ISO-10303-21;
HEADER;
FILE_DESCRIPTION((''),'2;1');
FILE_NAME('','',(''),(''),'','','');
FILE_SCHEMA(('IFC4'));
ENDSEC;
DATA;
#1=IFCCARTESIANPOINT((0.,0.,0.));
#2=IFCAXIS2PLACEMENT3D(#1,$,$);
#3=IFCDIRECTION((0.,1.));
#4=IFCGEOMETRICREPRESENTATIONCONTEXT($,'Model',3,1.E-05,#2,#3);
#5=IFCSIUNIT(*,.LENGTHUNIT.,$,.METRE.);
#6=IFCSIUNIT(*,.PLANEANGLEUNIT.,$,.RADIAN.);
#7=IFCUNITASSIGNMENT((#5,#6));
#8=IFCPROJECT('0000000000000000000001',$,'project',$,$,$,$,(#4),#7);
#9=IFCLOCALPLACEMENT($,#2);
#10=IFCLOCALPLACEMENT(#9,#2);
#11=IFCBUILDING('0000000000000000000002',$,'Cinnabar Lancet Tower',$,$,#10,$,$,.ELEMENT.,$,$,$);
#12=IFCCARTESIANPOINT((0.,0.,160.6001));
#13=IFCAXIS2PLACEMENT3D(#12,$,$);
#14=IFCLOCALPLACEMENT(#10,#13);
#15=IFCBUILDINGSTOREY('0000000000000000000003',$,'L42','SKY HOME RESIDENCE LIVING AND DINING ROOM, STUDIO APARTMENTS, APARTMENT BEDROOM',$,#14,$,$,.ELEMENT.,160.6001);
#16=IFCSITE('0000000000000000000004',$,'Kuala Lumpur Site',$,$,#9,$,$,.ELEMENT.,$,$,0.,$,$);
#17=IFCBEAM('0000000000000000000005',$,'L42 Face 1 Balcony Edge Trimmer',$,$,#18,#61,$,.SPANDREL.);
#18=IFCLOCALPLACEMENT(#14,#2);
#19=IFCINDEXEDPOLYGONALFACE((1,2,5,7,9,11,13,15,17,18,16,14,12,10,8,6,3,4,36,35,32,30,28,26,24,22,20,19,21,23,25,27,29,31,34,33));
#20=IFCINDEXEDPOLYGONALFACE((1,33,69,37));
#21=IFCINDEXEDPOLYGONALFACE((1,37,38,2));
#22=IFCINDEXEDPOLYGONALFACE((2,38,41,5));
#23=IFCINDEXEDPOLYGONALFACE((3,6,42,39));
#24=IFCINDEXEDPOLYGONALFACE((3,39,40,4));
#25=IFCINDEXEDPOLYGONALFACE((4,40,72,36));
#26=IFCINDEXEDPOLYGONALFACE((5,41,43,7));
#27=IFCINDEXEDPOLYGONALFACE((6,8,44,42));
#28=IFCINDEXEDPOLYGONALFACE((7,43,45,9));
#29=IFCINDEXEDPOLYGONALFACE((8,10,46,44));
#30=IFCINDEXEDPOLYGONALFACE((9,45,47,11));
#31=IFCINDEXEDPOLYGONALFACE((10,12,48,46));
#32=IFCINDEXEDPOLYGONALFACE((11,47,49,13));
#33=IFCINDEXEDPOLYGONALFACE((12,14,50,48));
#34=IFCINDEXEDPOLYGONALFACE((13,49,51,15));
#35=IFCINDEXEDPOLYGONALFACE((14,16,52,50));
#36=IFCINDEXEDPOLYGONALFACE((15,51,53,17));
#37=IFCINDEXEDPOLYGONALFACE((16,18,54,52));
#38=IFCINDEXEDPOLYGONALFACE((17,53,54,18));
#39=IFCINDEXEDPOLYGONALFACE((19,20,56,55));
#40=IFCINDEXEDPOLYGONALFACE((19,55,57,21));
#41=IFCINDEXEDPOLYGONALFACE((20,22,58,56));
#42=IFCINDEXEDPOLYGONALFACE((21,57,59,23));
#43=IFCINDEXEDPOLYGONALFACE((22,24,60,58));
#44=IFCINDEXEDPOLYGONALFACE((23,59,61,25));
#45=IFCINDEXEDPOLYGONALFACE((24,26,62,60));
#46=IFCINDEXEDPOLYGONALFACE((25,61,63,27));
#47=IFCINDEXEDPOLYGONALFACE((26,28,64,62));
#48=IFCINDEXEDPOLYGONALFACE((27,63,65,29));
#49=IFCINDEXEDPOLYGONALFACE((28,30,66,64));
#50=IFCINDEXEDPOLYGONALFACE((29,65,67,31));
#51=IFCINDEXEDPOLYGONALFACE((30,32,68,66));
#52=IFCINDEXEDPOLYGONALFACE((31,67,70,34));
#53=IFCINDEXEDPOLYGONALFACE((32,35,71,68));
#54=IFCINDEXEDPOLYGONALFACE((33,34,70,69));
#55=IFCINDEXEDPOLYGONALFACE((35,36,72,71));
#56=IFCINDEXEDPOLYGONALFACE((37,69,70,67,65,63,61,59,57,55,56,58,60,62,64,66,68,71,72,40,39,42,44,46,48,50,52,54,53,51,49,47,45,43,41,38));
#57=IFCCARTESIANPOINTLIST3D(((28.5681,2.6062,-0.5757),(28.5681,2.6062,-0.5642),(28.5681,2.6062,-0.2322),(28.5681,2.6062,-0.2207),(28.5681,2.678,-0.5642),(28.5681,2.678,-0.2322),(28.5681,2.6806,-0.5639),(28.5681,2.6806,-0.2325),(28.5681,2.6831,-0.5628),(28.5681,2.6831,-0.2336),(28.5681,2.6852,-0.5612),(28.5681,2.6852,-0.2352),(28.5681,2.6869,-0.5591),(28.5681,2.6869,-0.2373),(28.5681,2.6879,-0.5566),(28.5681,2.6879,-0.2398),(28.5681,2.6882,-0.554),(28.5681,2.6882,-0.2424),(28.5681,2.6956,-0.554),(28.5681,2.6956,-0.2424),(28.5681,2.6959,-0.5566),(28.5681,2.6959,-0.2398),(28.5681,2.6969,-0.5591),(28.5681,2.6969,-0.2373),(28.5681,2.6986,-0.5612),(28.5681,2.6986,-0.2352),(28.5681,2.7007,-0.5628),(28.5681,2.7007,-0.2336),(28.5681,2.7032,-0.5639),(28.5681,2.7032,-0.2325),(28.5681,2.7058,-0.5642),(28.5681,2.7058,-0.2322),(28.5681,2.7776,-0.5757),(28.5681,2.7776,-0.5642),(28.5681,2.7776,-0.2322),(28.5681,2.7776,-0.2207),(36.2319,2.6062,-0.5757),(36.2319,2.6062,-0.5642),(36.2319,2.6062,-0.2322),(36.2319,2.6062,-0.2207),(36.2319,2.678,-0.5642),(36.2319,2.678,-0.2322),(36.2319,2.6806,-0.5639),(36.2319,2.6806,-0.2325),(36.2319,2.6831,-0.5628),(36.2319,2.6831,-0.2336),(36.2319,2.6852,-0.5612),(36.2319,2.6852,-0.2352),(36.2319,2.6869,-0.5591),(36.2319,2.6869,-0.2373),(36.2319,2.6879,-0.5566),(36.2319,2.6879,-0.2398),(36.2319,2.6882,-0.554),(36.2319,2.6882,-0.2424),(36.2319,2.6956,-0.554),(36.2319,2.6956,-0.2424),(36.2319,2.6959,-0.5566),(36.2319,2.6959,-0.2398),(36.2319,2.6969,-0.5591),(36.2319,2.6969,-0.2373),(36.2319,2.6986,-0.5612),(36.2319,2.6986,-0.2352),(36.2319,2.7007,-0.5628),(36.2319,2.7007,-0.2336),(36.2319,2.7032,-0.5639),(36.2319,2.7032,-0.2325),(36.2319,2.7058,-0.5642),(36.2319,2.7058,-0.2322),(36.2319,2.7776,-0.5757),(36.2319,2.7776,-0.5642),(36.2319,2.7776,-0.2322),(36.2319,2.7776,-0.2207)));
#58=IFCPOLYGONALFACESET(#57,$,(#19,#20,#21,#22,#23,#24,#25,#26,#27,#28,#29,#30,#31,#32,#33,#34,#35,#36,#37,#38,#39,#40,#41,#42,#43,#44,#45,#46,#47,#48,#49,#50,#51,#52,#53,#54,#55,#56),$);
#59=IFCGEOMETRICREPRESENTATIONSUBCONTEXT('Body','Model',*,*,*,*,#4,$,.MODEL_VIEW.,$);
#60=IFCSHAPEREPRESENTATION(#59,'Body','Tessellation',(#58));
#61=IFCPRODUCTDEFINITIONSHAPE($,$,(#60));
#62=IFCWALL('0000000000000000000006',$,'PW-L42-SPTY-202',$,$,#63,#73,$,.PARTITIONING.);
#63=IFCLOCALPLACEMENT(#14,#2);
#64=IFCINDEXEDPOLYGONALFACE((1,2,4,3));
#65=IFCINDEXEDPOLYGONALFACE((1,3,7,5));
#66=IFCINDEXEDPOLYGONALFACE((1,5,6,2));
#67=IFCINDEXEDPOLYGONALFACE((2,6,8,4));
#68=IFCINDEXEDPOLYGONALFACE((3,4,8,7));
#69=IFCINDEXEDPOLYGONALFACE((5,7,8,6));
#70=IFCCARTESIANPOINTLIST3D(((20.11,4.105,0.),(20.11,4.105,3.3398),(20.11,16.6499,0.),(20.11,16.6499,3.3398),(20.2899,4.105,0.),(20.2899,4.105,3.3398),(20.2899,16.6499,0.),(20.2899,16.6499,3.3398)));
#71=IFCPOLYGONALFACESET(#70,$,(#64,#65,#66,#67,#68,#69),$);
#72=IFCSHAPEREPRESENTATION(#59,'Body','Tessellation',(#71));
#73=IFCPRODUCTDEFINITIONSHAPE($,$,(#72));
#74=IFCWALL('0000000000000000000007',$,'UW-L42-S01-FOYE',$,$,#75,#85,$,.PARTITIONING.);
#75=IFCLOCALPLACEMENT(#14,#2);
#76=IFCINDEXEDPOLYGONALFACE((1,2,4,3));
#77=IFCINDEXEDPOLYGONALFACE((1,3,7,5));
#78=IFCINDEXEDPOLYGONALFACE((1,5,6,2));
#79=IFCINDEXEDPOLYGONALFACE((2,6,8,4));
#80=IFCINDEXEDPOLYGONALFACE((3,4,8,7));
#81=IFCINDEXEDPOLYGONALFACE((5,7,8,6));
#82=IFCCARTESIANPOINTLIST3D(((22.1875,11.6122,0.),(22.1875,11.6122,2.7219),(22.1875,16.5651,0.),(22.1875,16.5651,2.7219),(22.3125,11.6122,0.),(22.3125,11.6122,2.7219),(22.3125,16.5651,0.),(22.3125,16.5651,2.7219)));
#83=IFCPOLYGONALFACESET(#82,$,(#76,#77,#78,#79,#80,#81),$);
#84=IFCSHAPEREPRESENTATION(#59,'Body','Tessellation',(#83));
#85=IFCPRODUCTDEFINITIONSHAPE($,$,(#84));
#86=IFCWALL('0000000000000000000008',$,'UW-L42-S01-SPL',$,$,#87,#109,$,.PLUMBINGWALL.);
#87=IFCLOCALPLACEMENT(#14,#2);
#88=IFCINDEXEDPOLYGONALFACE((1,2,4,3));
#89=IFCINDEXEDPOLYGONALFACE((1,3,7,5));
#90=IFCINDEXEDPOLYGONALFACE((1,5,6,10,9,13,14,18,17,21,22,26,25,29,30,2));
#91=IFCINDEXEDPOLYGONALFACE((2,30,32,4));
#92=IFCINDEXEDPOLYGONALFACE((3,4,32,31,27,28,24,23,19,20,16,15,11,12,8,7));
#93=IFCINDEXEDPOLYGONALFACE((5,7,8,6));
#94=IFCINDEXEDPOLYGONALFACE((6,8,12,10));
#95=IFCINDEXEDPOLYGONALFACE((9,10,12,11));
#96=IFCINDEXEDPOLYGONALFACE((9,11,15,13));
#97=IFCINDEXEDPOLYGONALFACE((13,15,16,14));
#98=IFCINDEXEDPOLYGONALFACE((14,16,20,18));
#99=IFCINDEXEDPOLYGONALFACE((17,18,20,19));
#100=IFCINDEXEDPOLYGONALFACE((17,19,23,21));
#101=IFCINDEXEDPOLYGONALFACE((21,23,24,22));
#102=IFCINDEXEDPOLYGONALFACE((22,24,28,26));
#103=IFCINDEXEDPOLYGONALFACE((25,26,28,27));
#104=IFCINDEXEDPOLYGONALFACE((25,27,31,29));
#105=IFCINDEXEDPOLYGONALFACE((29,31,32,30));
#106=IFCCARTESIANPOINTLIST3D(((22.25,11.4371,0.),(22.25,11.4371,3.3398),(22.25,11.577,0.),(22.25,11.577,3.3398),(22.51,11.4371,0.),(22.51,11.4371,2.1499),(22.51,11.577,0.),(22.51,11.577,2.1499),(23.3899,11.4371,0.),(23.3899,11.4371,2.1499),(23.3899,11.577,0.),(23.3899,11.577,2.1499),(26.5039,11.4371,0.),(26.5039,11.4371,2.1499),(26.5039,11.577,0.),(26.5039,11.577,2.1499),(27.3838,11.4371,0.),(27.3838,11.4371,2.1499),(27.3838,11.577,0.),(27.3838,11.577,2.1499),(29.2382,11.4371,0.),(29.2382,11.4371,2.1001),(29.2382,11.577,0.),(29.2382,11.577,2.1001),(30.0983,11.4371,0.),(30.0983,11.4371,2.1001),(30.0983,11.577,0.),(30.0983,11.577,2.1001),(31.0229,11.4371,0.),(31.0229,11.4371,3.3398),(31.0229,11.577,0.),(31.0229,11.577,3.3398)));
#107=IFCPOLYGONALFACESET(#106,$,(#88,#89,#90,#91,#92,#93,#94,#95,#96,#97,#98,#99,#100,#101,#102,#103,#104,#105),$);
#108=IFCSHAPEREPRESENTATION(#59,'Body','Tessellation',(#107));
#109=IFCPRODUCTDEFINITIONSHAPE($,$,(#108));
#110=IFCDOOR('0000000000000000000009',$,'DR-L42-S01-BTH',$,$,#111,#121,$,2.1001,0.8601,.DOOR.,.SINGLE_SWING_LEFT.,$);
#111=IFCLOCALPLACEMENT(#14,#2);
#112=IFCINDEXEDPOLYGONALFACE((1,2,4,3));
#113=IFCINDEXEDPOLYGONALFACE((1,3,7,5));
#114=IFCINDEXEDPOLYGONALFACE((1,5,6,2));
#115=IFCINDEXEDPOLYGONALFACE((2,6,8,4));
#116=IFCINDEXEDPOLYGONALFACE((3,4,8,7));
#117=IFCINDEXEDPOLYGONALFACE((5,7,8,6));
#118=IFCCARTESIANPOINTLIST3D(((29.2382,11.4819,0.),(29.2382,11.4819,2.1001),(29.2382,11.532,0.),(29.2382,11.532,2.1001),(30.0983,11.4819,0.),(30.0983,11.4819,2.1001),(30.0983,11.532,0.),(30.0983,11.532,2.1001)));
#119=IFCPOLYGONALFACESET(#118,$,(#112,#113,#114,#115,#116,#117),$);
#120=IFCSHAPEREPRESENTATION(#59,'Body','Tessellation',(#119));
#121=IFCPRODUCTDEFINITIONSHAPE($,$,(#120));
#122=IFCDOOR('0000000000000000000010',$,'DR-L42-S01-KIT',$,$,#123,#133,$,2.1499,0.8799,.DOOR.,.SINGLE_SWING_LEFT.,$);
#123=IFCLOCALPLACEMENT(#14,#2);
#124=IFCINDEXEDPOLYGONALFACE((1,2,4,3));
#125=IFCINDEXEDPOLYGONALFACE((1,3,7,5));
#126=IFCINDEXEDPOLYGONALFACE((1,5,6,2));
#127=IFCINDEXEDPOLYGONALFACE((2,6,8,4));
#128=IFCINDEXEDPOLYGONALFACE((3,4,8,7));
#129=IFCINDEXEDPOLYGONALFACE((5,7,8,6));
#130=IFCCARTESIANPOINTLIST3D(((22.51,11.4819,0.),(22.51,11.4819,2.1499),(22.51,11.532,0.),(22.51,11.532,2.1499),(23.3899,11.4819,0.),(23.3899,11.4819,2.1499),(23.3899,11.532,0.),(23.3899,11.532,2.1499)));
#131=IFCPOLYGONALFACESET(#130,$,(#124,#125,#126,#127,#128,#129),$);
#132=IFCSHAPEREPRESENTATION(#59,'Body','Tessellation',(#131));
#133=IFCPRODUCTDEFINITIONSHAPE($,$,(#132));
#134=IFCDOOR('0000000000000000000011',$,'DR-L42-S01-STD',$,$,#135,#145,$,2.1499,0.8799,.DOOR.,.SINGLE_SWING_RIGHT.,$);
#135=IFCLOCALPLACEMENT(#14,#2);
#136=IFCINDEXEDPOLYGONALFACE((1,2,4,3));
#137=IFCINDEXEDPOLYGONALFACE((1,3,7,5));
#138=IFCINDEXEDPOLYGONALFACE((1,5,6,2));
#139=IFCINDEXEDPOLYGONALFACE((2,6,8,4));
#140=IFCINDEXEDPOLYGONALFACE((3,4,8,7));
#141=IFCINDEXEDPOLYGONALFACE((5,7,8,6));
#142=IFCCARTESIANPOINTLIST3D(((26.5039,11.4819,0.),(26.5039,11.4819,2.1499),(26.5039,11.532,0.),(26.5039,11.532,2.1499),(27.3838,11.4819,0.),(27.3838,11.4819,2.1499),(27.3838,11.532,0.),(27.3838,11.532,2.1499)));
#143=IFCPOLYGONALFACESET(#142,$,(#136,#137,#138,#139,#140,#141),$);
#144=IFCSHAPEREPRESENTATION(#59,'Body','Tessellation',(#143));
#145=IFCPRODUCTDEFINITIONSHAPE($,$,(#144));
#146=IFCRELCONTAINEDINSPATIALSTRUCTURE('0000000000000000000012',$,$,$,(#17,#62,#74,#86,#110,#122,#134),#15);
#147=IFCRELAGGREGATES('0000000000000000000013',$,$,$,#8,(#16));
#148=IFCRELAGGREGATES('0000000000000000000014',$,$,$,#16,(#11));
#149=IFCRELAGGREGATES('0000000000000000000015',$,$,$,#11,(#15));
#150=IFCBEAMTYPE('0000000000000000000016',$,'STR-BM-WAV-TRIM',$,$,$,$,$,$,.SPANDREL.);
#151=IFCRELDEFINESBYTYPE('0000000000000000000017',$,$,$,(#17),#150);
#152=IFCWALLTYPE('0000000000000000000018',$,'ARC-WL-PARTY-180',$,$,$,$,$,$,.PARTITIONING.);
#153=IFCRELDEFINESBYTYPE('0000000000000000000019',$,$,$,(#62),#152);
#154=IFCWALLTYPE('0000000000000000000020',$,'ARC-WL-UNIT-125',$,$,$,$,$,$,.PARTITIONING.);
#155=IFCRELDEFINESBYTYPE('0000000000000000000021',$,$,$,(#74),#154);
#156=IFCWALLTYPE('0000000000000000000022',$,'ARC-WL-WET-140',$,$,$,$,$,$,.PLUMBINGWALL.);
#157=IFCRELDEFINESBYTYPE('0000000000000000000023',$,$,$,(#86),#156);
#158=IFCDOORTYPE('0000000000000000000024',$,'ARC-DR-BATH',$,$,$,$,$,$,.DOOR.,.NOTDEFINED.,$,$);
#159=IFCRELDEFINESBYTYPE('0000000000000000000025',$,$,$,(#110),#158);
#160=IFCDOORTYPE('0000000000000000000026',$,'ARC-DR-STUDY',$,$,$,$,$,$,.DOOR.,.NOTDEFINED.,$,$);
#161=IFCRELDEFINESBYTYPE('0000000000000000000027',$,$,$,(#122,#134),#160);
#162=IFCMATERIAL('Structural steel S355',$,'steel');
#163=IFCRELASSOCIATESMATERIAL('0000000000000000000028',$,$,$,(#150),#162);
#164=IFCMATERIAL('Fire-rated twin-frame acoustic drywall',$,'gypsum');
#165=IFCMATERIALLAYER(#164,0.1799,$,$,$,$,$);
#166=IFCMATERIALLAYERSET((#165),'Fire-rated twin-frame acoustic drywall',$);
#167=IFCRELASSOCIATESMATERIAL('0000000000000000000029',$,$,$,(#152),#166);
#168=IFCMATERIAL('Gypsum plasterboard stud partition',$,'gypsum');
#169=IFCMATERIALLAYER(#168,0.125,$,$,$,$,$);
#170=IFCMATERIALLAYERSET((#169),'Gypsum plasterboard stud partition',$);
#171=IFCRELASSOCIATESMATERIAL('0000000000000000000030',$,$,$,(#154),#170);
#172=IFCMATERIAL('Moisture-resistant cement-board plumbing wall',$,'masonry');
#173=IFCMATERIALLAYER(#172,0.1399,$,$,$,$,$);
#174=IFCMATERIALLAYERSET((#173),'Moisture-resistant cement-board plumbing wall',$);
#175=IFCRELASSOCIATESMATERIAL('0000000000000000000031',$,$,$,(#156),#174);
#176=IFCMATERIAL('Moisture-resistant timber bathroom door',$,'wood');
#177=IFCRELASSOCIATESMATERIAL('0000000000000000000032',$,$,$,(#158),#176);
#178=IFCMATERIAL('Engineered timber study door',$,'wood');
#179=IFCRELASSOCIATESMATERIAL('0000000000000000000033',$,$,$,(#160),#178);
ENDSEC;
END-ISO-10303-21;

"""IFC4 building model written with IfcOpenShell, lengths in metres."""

from ifc_helpers import new_model, si_unit, direction, frame, frame_2d, origin, origin_2d, place, context, subcontext, project, spatial, rectangle, i_section, extrude, material, layer, layer_set, material_profile, profile_set, type_object, element, fill, save


model = new_model("IFC4")

# Units and contexts
model_context = context("Model", 3, precision=1e-05, world=origin(), true_north=direction((0.0, 1.0)))
body_context = subcontext(model_context, "Body", "Model", "MODEL_VIEW")
ifc_project = project(units=[si_unit("LENGTHUNIT", "METRE"), si_unit("PLANEANGLEUNIT", "RADIAN")], contexts=[model_context])

# Site, building, storey
site_placement = place(None, origin())
site = spatial("IfcSite", under=ifc_project, at=site_placement, Name="Kuala Lumpur Site", CompositionType="ELEMENT", RefElevation=0.0)
building_placement = place(site_placement, origin())
building = spatial("IfcBuilding", under=site, at=building_placement, Name="Cinnabar Lancet Tower", CompositionType="ELEMENT")
storey_placement = place(building_placement, frame((0.0, 0.0, 160.6001)))
storey = spatial("IfcBuildingStorey", under=building, at=storey_placement, Name="L42", Description="SKY HOME RESIDENCE LIVING AND DINING ROOM, STUDIO APARTMENTS, APARTMENT BEDROOM", CompositionType="ELEMENT", Elevation=160.6001)

# Beam
ifc_material_1 = material(Name="Structural steel S355", Category="steel")
ifc_material_profile_1 = material_profile(ifc_material_1, i_section(OverallWidth=0.1714, OverallDepth=0.355, WebThickness=0.0073, FlangeThickness=0.0115, FilletRadius=0.0103, at=origin_2d()), Name="UKB 356x171x51")
ifc_profile_set_1 = profile_set([ifc_material_profile_1], Name="Structural steel S355")
beam_type_1 = type_object("IfcBeamType", Name="STR-BM-WAV-TRIM", PredefinedType="SPANDREL", material=ifc_profile_set_1)
beam_1_placement = place(storey_placement, frame((28.5681, 2.6919, -0.3982), z_axis=(1.0, 0.0, 0.0), x_axis=(0.0, 1.0, 0.0)))
element("IfcBeam", 1, at=beam_1_placement, inside=storey, type_object=beam_type_1, Name="L42 Face 1 Balcony Edge Trimmer", PredefinedType="SPANDREL", context=body_context, shape_type="SweptSolid", body=[
    extrude(i_section(OverallWidth=0.1714, OverallDepth=0.355, WebThickness=0.0073, FlangeThickness=0.0115, FilletRadius=0.0103, at=origin_2d()), origin(), (0.0, 0.0, 1.0), 7.6638),
])

# Walls
ifc_material_2 = material(Name="Fire-rated twin-frame acoustic drywall", Category="gypsum")
ifc_layer_1 = layer(ifc_material_2, 0.1799)
ifc_layer_set_1 = layer_set([ifc_layer_1], Name="Fire-rated twin-frame acoustic drywall")
wall_type_1 = type_object("IfcWallType", Name="ARC-WL-PARTY-180", PredefinedType="PARTITIONING", material=ifc_layer_set_1)
wall_1_placement = place(storey_placement, frame((20.2, 4.105, 0.0), z_axis=(0.0, 0.0, 1.0), x_axis=(0.0, 1.0, 0.0)))
element("IfcWall", 2, at=wall_1_placement, inside=storey, type_object=wall_type_1, Name="PW-L42-SPTY-202", PredefinedType="PARTITIONING", context=body_context, shape_type="SweptSolid", body=[
    extrude(rectangle(XDim=12.5449, YDim=0.1799, at=frame_2d((6.2725, 0.0))), origin(), (0.0, 0.0, 1.0), 3.3398),
])
ifc_material_3 = material(Name="Gypsum plasterboard stud partition", Category="gypsum")
ifc_layer_2 = layer(ifc_material_3, 0.125)
ifc_layer_set_2 = layer_set([ifc_layer_2], Name="Gypsum plasterboard stud partition")
wall_type_2 = type_object("IfcWallType", Name="ARC-WL-UNIT-125", PredefinedType="PARTITIONING", material=ifc_layer_set_2)
wall_2_placement = place(storey_placement, frame((22.25, 11.6121, 0.0), z_axis=(0.0, 0.0, 1.0), x_axis=(0.0, 1.0, 0.0)))
element("IfcWall", 3, at=wall_2_placement, inside=storey, type_object=wall_type_2, Name="UW-L42-S01-FOYE", PredefinedType="PARTITIONING", context=body_context, shape_type="SweptSolid", body=[
    extrude(rectangle(XDim=4.9529, YDim=0.125, at=frame_2d((2.4766, 0.0))), origin(), (0.0, 0.0, 1.0), 2.7219),
])

# Wall, openings, doors
ifc_material_4 = material(Name="Moisture-resistant cement-board plumbing wall", Category="masonry")
ifc_layer_3 = layer(ifc_material_4, 0.1399)
ifc_layer_set_3 = layer_set([ifc_layer_3], Name="Moisture-resistant cement-board plumbing wall")
wall_type_3 = type_object("IfcWallType", Name="ARC-WL-WET-140", PredefinedType="PLUMBINGWALL", material=ifc_layer_set_3)
wall_3_placement = place(storey_placement, frame((22.25, 11.5071, 0.0), z_axis=(0.0, 0.0, 1.0), x_axis=(1.0, 0.0, 0.0)))
wall_3 = element("IfcWall", 4, at=wall_3_placement, inside=storey, type_object=wall_type_3, Name="UW-L42-S01-SPL", PredefinedType="PLUMBINGWALL", context=body_context, shape_type="SweptSolid", body=[
    extrude(rectangle(XDim=8.7729, YDim=0.1399, at=frame_2d((4.3865, 0.0))), origin(), (0.0, 0.0, 1.0), 3.3398),
])
opening_1_placement = place(wall_3_placement, frame((6.988, 0.0, 0.0)))
opening_1 = element("IfcOpeningElement", 5, at=opening_1_placement, cuts=wall_3, PredefinedType="OPENING", context=body_context, shape_type="SweptSolid", body=[
    extrude(rectangle(XDim=0.8601, YDim=2.1001, at=frame_2d((0.4302, 1.05))), frame((0.0, 0.0798, 0.0), z_axis=(0.0, -1.0, 0.0), x_axis=(1.0, 0.0, 0.0)), (0.0, 0.0, 1.0), 0.1599),
])
opening_2_placement = place(wall_3_placement, frame((0.26, 0.0, 0.0)))
opening_2 = element("IfcOpeningElement", 6, at=opening_2_placement, cuts=wall_3, PredefinedType="OPENING", context=body_context, shape_type="SweptSolid", body=[
    extrude(rectangle(XDim=0.8799, YDim=2.1499, at=frame_2d((0.4399, 1.075))), frame((0.0, 0.0798, 0.0), z_axis=(0.0, -1.0, 0.0), x_axis=(1.0, 0.0, 0.0)), (0.0, 0.0, 1.0), 0.1599),
])
opening_3_placement = place(wall_3_placement, frame((4.2539, 0.0, 0.0)))
opening_3 = element("IfcOpeningElement", 7, at=opening_3_placement, cuts=wall_3, PredefinedType="OPENING", context=body_context, shape_type="SweptSolid", body=[
    extrude(rectangle(XDim=0.8799, YDim=2.1499, at=frame_2d((0.4399, 1.075))), frame((0.0, 0.0798, 0.0), z_axis=(0.0, -1.0, 0.0), x_axis=(1.0, 0.0, 0.0)), (0.0, 0.0, 1.0), 0.1599),
])
ifc_material_5 = material(Name="Moisture-resistant timber bathroom door", Category="wood")
door_type_1 = type_object("IfcDoorType", Name="ARC-DR-BATH", OperationType="NOTDEFINED", PredefinedType="DOOR", material=ifc_material_5)
door_1_placement = place(opening_1_placement, origin())
door_1 = element("IfcDoor", 8, at=door_1_placement, inside=storey, type_object=door_type_1, Name="DR-L42-S01-BTH", OperationType="SINGLE_SWING_LEFT", OverallHeight=2.1001, OverallWidth=0.8601, PredefinedType="DOOR", context=body_context, shape_type="SweptSolid", body=[
    extrude(rectangle(XDim=0.8601, YDim=2.1001, at=frame_2d((0.4302, 1.05))), frame((0.0, 0.0249, 0.0), z_axis=(0.0, -1.0, 0.0), x_axis=(1.0, 0.0, 0.0)), (0.0, 0.0, 1.0), 0.05),
])
fill(opening_1, door_1)
ifc_material_6 = material(Name="Engineered timber study door", Category="wood")
door_type_2 = type_object("IfcDoorType", Name="ARC-DR-STUDY", OperationType="NOTDEFINED", PredefinedType="DOOR", material=ifc_material_6)
door_2_placement = place(opening_2_placement, origin())
door_2 = element("IfcDoor", 9, at=door_2_placement, inside=storey, type_object=door_type_2, Name="DR-L42-S01-KIT", OperationType="SINGLE_SWING_LEFT", OverallHeight=2.1499, OverallWidth=0.8799, PredefinedType="DOOR", context=body_context, shape_type="SweptSolid", body=[
    extrude(rectangle(XDim=0.8799, YDim=2.1499, at=frame_2d((0.4399, 1.075))), frame((0.0, 0.0249, 0.0), z_axis=(0.0, -1.0, 0.0), x_axis=(1.0, 0.0, 0.0)), (0.0, 0.0, 1.0), 0.05),
])
fill(opening_2, door_2)
door_3_placement = place(opening_3_placement, origin())
door_3 = element("IfcDoor", 10, at=door_3_placement, inside=storey, type_object=door_type_2, Name="DR-L42-S01-STD", OperationType="SINGLE_SWING_RIGHT", OverallHeight=2.1499, OverallWidth=0.8799, PredefinedType="DOOR", context=body_context, shape_type="SweptSolid", body=[
    extrude(rectangle(XDim=0.8799, YDim=2.1499, at=frame_2d((0.4399, 1.075))), frame((0.0, 0.0249, 0.0), z_axis=(0.0, -1.0, 0.0), x_axis=(1.0, 0.0, 0.0)), (0.0, 0.0, 1.0), 0.05),
])
fill(opening_3, door_3)

save(model, "model.ifc")
